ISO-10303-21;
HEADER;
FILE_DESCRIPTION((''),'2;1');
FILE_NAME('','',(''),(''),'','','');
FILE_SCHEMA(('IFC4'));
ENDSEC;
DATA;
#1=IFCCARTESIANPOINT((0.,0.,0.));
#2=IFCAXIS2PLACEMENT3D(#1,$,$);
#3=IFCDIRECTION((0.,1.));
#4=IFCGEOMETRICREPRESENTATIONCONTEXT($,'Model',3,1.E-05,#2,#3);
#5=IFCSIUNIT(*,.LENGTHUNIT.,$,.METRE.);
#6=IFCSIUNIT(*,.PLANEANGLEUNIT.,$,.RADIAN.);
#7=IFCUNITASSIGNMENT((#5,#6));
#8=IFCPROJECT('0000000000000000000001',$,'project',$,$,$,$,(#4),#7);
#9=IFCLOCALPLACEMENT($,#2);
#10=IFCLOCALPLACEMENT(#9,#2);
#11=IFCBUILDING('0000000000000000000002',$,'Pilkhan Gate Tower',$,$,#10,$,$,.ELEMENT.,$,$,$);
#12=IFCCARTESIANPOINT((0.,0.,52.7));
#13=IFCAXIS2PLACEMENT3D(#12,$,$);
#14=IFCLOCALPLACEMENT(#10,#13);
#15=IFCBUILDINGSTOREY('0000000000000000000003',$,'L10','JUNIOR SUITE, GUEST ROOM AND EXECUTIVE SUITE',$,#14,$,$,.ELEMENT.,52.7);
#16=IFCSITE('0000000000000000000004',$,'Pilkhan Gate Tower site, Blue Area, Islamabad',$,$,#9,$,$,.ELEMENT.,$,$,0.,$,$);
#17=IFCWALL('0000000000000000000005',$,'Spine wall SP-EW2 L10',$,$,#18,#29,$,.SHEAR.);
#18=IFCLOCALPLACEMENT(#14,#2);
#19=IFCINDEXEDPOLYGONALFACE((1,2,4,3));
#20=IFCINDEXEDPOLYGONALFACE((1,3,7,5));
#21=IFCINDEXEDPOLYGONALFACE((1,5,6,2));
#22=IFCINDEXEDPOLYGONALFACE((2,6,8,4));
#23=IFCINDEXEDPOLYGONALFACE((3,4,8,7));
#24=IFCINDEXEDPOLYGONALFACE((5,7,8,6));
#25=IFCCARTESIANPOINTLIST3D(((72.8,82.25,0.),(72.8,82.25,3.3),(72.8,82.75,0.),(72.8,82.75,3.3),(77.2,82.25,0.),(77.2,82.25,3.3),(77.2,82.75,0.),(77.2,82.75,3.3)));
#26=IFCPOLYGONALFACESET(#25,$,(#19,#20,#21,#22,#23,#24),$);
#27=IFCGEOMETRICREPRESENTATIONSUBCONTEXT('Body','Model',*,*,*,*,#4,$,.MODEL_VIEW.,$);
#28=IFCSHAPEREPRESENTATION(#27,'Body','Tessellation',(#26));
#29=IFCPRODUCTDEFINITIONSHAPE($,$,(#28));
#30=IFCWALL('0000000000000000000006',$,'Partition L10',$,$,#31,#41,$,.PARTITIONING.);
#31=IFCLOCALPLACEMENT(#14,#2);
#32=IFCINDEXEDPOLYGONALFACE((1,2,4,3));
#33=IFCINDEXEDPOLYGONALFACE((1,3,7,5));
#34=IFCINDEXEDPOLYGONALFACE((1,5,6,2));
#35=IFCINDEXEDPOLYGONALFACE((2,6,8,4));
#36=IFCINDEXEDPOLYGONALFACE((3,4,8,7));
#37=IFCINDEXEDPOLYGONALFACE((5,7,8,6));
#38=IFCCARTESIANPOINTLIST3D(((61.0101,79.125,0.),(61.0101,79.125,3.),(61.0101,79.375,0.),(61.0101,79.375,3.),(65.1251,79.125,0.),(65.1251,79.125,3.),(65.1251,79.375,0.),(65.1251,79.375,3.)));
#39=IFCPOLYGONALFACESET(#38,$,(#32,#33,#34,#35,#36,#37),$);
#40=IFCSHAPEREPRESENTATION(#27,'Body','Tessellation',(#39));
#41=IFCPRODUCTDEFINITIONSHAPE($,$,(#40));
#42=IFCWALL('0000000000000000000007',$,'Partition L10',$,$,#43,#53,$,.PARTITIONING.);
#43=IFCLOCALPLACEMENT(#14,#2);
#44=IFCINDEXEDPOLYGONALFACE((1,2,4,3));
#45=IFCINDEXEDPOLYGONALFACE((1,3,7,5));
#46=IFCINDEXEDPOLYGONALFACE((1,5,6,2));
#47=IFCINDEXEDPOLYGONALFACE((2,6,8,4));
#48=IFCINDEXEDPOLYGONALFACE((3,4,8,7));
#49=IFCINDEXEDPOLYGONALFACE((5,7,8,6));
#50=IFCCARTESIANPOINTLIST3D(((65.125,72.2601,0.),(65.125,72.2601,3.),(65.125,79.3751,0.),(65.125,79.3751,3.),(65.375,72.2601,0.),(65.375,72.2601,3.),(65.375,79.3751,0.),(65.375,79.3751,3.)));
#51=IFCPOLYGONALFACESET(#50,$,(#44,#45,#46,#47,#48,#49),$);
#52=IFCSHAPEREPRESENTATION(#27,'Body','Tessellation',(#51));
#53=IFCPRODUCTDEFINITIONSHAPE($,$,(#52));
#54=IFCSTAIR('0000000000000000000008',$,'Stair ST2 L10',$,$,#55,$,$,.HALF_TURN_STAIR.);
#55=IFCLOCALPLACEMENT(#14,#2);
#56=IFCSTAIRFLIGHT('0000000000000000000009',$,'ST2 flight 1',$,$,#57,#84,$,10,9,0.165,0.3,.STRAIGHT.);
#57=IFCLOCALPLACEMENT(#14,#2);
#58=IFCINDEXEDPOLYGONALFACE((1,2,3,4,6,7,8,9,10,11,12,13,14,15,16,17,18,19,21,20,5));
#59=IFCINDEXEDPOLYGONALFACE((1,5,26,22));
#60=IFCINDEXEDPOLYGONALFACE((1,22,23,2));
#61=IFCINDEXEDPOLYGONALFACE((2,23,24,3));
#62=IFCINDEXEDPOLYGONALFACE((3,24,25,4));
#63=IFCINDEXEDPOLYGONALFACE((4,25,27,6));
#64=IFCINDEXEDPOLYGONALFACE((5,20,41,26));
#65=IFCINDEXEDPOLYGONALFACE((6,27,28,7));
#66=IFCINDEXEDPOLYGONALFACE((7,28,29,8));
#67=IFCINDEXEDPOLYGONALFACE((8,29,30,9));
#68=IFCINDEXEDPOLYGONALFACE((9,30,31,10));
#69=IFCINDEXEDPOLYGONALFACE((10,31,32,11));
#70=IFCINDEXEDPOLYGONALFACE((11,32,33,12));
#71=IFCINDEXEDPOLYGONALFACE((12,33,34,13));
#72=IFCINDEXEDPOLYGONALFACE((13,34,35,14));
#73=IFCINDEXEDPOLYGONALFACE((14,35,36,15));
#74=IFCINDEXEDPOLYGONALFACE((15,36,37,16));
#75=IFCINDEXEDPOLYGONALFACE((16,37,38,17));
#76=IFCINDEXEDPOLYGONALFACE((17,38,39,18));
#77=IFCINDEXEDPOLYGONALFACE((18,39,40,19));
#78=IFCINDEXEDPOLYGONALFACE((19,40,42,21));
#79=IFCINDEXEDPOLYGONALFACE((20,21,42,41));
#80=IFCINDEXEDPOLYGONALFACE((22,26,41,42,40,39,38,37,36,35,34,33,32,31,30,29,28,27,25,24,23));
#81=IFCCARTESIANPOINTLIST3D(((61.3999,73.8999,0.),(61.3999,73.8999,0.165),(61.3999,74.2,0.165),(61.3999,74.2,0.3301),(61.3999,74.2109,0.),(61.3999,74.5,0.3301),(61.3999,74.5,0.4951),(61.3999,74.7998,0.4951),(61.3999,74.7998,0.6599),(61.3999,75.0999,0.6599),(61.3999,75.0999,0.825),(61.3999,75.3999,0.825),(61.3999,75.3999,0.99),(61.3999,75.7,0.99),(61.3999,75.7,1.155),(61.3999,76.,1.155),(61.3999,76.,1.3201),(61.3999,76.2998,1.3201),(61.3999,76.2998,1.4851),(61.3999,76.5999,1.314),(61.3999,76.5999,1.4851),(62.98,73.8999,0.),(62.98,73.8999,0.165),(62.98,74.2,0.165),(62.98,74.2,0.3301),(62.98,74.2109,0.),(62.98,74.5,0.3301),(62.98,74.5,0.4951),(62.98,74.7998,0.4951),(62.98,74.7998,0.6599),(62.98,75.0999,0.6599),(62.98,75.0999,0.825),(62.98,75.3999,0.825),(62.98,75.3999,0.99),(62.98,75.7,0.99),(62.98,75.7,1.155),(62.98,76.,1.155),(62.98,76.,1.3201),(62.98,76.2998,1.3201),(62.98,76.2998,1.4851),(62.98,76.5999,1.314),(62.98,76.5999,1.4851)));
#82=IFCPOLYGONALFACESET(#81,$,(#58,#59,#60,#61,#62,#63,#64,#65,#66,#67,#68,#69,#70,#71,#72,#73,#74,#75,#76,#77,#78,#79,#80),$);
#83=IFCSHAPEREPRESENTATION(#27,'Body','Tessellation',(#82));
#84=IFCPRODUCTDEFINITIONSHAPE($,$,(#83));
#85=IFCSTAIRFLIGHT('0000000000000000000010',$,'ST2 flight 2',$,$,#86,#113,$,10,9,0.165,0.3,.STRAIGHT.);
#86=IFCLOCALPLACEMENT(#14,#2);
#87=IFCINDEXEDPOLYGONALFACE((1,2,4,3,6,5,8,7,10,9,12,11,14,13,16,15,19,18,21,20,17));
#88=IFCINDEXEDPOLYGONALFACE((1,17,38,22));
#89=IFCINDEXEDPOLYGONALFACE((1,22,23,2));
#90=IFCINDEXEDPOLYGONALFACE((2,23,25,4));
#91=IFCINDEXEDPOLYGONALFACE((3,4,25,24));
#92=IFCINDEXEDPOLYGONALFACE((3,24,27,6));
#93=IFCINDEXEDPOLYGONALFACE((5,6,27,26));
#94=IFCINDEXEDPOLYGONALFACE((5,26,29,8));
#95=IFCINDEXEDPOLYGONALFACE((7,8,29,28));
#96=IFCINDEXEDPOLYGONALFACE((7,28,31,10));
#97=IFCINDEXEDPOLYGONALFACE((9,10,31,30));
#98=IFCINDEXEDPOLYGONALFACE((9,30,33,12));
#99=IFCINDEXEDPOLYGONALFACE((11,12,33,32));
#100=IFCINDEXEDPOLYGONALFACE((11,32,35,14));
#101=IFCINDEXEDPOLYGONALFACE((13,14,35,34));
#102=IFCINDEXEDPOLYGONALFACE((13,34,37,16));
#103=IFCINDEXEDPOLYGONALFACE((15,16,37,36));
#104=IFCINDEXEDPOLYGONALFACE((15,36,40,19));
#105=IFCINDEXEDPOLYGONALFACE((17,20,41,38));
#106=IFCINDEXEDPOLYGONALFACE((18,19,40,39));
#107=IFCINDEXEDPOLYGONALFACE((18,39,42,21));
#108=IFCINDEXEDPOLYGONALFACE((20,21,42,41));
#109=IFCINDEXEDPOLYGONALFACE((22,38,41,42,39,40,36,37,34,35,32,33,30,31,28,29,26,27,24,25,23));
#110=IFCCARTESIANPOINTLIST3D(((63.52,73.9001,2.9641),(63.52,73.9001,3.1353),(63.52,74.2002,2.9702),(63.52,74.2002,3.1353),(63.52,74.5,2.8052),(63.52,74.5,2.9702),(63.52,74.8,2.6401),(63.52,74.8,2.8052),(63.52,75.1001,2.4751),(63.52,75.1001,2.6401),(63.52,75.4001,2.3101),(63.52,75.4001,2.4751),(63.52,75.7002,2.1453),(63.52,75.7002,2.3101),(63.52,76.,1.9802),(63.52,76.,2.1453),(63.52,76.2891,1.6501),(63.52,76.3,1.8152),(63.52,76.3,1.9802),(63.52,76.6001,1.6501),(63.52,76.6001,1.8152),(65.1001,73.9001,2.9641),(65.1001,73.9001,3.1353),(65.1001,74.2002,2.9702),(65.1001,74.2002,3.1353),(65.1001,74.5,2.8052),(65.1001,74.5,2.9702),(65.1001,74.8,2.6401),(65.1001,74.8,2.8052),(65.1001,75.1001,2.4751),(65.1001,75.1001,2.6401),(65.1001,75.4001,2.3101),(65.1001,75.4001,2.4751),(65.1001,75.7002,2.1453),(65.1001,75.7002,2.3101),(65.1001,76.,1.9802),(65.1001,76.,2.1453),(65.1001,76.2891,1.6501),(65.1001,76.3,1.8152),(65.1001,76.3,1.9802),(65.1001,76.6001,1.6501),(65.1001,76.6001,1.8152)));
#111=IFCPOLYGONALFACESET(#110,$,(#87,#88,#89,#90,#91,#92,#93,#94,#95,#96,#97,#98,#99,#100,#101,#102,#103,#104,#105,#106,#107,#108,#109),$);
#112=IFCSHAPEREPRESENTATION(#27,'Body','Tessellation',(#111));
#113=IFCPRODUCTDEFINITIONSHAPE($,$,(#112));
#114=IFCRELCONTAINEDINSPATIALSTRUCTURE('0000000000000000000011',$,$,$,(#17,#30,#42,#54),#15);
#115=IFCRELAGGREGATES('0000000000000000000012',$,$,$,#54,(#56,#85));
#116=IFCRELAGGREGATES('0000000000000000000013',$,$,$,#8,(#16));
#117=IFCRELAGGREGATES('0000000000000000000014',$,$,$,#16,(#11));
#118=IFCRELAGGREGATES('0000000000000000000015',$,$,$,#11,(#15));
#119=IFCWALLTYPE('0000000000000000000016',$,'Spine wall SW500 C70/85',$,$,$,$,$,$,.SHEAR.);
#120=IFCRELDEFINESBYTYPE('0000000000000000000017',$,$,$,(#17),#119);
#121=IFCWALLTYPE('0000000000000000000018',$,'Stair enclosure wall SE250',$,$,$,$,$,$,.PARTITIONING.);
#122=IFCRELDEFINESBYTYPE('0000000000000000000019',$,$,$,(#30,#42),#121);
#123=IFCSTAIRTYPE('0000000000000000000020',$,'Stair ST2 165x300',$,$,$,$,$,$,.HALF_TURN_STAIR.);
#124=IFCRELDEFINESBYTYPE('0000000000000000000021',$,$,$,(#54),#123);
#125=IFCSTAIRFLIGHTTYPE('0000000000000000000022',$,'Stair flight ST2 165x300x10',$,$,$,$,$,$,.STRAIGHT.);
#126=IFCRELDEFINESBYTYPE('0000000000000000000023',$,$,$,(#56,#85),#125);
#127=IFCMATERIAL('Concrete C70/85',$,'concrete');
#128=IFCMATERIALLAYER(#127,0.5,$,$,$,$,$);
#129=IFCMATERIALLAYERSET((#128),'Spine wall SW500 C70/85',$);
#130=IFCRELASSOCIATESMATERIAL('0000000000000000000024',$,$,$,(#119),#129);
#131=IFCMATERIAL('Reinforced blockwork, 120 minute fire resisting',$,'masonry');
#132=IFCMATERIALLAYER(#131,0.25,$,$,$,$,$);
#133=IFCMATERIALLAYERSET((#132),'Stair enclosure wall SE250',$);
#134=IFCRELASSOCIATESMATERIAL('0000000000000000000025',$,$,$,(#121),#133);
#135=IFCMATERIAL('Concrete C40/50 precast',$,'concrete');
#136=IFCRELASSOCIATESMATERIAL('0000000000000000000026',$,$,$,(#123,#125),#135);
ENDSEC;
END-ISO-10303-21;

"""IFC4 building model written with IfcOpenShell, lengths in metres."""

from ifc_helpers import new_model, si_unit, direction, frame, frame_2d, origin, place, context, subcontext, project, spatial, polyline, rectangle, outline, extrude, material, layer, layer_set, type_object, element, aggregate, save


model = new_model("IFC4")

# Units and contexts
model_context = context("Model", 3, precision=1e-05, world=origin(), true_north=direction((0.0, 1.0)))
body_context = subcontext(model_context, "Body", "Model", "MODEL_VIEW")
ifc_project = project(units=[si_unit("LENGTHUNIT", "METRE"), si_unit("PLANEANGLEUNIT", "RADIAN")], contexts=[model_context])

# Site, building, storey
site_placement = place(None, origin())
site = spatial("IfcSite", under=ifc_project, at=site_placement, Name="Pilkhan Gate Tower site, Blue Area, Islamabad", CompositionType="ELEMENT", RefElevation=0.0)
building_placement = place(site_placement, origin())
building = spatial("IfcBuilding", under=site, at=building_placement, Name="Pilkhan Gate Tower", CompositionType="ELEMENT")
storey_placement = place(building_placement, frame((0.0, 0.0, 52.7)))
storey = spatial("IfcBuildingStorey", under=building, at=storey_placement, Name="L10", Description="JUNIOR SUITE, GUEST ROOM AND EXECUTIVE SUITE", CompositionType="ELEMENT", Elevation=52.7)

# Shared definitions
ifc_material_1 = material(Name="Concrete C70/85", Category="concrete")

# Walls
ifc_layer_1 = layer(ifc_material_1, 0.5)
ifc_layer_set_1 = layer_set([ifc_layer_1], Name="Spine wall SW500 C70/85")
wall_type_1 = type_object("IfcWallType", Name="Spine wall SW500 C70/85", PredefinedType="SHEAR", material=ifc_layer_set_1)
wall_1_placement = place(storey_placement, frame((72.8, 82.5, 0.0), z_axis=(0.0, 0.0, 1.0), x_axis=(1.0, 0.0, 0.0)))
element("IfcWall", 1, at=wall_1_placement, inside=storey, type_object=wall_type_1, Name="Spine wall SP-EW2 L10", PredefinedType="SHEAR", context=body_context, shape_type="SweptSolid", body=[
    extrude(rectangle(XDim=4.3999, YDim=0.5, at=frame_2d((2.2, 0.0))), origin(), (0.0, 0.0, 1.0), 3.3),
])
ifc_material_2 = material(Name="Reinforced blockwork, 120 minute fire resisting", Category="masonry")
ifc_layer_2 = layer(ifc_material_2, 0.25)
ifc_layer_set_2 = layer_set([ifc_layer_2], Name="Stair enclosure wall SE250")
wall_type_2 = type_object("IfcWallType", Name="Stair enclosure wall SE250", PredefinedType="PARTITIONING", material=ifc_layer_set_2)
wall_2_placement = place(storey_placement, frame((61.01, 79.25, 0.0), z_axis=(0.0, 0.0, 1.0), x_axis=(1.0, 0.0, 0.0)))
element("IfcWall", 2, at=wall_2_placement, inside=storey, type_object=wall_type_2, Name="Partition L10", PredefinedType="PARTITIONING", context=body_context, shape_type="SweptSolid", body=[
    extrude(rectangle(XDim=4.115, YDim=0.25, at=frame_2d((2.0576, 0.0))), origin(), (0.0, 0.0, 1.0), 3.0),
])
wall_3_placement = place(storey_placement, frame((65.25, 72.26, 0.0), z_axis=(0.0, 0.0, 1.0), x_axis=(0.0, 1.0, 0.0)))
element("IfcWall", 3, at=wall_3_placement, inside=storey, type_object=wall_type_2, Name="Partition L10", PredefinedType="PARTITIONING", context=body_context, shape_type="SweptSolid", body=[
    extrude(rectangle(XDim=7.115, YDim=0.25, at=frame_2d((3.5576, 0.0))), origin(), (0.0, 0.0, 1.0), 3.0),
])

# Stair, stair flights
ifc_material_3 = material(Name="Concrete C40/50 precast", Category="concrete")
stair_type = type_object("IfcStairType", Name="Stair ST2 165x300", PredefinedType="HALF_TURN_STAIR", material=ifc_material_3)
stair_placement = place(storey_placement, origin())
stair = element("IfcStair", 4, at=stair_placement, inside=storey, type_object=stair_type, Name="Stair ST2 L10", PredefinedType="HALF_TURN_STAIR")
stair_flight_type = type_object("IfcStairFlightType", Name="Stair flight ST2 165x300x10", PredefinedType="STRAIGHT", material=ifc_material_3)
stair_flight_1_placement = place(storey_placement, frame((62.1899, 73.8999, 0.0), z_axis=(0.0, 0.0, 1.0), x_axis=(0.0, 1.0, 0.0)))
stair_flight_1 = element("IfcStairFlight", 5, at=stair_flight_1_placement, type_object=stair_flight_type, Name="ST2 flight 1", NumberOfRisers=10, NumberOfTreads=9, PredefinedType="STRAIGHT", RiserHeight=0.165, TreadLength=0.3, context=body_context, shape_type="SweptSolid", body=[
    extrude(outline(polyline([(0.0, 0.0), (0.0, 0.165), (0.3, 0.165), (0.3, 0.3301), (0.6001, 0.3301), (0.6001, 0.4951), (0.8999, 0.4951), (0.8999, 0.6599), (1.2, 0.6599), (1.2, 0.825), (1.5, 0.825), (1.5, 0.99), (1.8, 0.99), (1.8, 1.155), (2.1001, 1.155), (2.1001, 1.3201), (2.3999, 1.3201), (2.3999, 1.4851), (2.7, 1.4851), (2.7, 1.6499), (2.7, 1.314), (0.311, 0.0), (0.0, 0.0)])), frame((0.0, 0.79, 0.0), z_axis=(0.0, -1.0, 0.0), x_axis=(1.0, 0.0, 0.0)), (0.0, 0.0, 1.0), 1.5801),
])
stair_flight_2_placement = place(storey_placement, frame((64.3101, 76.6001, 1.6501), z_axis=(0.0, 0.0, 1.0), x_axis=(0.0, -1.0, 0.0)))
stair_flight_2 = element("IfcStairFlight", 6, at=stair_flight_2_placement, type_object=stair_flight_type, Name="ST2 flight 2", NumberOfRisers=10, NumberOfTreads=9, PredefinedType="STRAIGHT", RiserHeight=0.165, TreadLength=0.3, context=body_context, shape_type="SweptSolid", body=[
    extrude(outline(polyline([(0.0, 0.0), (0.0, 0.165), (0.3, 0.165), (0.3, 0.3301), (0.6001, 0.3301), (0.6001, 0.4951), (0.8999, 0.4951), (0.8999, 0.6599), (1.2, 0.6599), (1.2, 0.825), (1.5, 0.825), (1.5, 0.99), (1.8, 0.99), (1.8, 1.155), (2.1001, 1.155), (2.1001, 1.3201), (2.3999, 1.3201), (2.3999, 1.4851), (2.7, 1.4851), (2.7, 1.6499), (2.7, 1.314), (0.311, 0.0), (0.0, 0.0)])), frame((0.0, 0.79, 0.0), z_axis=(0.0, -1.0, 0.0), x_axis=(1.0, 0.0, 0.0)), (0.0, 0.0, 1.0), 1.5801),
])
aggregate(stair, [stair_flight_1, stair_flight_2])

save(model, "model.ifc")
